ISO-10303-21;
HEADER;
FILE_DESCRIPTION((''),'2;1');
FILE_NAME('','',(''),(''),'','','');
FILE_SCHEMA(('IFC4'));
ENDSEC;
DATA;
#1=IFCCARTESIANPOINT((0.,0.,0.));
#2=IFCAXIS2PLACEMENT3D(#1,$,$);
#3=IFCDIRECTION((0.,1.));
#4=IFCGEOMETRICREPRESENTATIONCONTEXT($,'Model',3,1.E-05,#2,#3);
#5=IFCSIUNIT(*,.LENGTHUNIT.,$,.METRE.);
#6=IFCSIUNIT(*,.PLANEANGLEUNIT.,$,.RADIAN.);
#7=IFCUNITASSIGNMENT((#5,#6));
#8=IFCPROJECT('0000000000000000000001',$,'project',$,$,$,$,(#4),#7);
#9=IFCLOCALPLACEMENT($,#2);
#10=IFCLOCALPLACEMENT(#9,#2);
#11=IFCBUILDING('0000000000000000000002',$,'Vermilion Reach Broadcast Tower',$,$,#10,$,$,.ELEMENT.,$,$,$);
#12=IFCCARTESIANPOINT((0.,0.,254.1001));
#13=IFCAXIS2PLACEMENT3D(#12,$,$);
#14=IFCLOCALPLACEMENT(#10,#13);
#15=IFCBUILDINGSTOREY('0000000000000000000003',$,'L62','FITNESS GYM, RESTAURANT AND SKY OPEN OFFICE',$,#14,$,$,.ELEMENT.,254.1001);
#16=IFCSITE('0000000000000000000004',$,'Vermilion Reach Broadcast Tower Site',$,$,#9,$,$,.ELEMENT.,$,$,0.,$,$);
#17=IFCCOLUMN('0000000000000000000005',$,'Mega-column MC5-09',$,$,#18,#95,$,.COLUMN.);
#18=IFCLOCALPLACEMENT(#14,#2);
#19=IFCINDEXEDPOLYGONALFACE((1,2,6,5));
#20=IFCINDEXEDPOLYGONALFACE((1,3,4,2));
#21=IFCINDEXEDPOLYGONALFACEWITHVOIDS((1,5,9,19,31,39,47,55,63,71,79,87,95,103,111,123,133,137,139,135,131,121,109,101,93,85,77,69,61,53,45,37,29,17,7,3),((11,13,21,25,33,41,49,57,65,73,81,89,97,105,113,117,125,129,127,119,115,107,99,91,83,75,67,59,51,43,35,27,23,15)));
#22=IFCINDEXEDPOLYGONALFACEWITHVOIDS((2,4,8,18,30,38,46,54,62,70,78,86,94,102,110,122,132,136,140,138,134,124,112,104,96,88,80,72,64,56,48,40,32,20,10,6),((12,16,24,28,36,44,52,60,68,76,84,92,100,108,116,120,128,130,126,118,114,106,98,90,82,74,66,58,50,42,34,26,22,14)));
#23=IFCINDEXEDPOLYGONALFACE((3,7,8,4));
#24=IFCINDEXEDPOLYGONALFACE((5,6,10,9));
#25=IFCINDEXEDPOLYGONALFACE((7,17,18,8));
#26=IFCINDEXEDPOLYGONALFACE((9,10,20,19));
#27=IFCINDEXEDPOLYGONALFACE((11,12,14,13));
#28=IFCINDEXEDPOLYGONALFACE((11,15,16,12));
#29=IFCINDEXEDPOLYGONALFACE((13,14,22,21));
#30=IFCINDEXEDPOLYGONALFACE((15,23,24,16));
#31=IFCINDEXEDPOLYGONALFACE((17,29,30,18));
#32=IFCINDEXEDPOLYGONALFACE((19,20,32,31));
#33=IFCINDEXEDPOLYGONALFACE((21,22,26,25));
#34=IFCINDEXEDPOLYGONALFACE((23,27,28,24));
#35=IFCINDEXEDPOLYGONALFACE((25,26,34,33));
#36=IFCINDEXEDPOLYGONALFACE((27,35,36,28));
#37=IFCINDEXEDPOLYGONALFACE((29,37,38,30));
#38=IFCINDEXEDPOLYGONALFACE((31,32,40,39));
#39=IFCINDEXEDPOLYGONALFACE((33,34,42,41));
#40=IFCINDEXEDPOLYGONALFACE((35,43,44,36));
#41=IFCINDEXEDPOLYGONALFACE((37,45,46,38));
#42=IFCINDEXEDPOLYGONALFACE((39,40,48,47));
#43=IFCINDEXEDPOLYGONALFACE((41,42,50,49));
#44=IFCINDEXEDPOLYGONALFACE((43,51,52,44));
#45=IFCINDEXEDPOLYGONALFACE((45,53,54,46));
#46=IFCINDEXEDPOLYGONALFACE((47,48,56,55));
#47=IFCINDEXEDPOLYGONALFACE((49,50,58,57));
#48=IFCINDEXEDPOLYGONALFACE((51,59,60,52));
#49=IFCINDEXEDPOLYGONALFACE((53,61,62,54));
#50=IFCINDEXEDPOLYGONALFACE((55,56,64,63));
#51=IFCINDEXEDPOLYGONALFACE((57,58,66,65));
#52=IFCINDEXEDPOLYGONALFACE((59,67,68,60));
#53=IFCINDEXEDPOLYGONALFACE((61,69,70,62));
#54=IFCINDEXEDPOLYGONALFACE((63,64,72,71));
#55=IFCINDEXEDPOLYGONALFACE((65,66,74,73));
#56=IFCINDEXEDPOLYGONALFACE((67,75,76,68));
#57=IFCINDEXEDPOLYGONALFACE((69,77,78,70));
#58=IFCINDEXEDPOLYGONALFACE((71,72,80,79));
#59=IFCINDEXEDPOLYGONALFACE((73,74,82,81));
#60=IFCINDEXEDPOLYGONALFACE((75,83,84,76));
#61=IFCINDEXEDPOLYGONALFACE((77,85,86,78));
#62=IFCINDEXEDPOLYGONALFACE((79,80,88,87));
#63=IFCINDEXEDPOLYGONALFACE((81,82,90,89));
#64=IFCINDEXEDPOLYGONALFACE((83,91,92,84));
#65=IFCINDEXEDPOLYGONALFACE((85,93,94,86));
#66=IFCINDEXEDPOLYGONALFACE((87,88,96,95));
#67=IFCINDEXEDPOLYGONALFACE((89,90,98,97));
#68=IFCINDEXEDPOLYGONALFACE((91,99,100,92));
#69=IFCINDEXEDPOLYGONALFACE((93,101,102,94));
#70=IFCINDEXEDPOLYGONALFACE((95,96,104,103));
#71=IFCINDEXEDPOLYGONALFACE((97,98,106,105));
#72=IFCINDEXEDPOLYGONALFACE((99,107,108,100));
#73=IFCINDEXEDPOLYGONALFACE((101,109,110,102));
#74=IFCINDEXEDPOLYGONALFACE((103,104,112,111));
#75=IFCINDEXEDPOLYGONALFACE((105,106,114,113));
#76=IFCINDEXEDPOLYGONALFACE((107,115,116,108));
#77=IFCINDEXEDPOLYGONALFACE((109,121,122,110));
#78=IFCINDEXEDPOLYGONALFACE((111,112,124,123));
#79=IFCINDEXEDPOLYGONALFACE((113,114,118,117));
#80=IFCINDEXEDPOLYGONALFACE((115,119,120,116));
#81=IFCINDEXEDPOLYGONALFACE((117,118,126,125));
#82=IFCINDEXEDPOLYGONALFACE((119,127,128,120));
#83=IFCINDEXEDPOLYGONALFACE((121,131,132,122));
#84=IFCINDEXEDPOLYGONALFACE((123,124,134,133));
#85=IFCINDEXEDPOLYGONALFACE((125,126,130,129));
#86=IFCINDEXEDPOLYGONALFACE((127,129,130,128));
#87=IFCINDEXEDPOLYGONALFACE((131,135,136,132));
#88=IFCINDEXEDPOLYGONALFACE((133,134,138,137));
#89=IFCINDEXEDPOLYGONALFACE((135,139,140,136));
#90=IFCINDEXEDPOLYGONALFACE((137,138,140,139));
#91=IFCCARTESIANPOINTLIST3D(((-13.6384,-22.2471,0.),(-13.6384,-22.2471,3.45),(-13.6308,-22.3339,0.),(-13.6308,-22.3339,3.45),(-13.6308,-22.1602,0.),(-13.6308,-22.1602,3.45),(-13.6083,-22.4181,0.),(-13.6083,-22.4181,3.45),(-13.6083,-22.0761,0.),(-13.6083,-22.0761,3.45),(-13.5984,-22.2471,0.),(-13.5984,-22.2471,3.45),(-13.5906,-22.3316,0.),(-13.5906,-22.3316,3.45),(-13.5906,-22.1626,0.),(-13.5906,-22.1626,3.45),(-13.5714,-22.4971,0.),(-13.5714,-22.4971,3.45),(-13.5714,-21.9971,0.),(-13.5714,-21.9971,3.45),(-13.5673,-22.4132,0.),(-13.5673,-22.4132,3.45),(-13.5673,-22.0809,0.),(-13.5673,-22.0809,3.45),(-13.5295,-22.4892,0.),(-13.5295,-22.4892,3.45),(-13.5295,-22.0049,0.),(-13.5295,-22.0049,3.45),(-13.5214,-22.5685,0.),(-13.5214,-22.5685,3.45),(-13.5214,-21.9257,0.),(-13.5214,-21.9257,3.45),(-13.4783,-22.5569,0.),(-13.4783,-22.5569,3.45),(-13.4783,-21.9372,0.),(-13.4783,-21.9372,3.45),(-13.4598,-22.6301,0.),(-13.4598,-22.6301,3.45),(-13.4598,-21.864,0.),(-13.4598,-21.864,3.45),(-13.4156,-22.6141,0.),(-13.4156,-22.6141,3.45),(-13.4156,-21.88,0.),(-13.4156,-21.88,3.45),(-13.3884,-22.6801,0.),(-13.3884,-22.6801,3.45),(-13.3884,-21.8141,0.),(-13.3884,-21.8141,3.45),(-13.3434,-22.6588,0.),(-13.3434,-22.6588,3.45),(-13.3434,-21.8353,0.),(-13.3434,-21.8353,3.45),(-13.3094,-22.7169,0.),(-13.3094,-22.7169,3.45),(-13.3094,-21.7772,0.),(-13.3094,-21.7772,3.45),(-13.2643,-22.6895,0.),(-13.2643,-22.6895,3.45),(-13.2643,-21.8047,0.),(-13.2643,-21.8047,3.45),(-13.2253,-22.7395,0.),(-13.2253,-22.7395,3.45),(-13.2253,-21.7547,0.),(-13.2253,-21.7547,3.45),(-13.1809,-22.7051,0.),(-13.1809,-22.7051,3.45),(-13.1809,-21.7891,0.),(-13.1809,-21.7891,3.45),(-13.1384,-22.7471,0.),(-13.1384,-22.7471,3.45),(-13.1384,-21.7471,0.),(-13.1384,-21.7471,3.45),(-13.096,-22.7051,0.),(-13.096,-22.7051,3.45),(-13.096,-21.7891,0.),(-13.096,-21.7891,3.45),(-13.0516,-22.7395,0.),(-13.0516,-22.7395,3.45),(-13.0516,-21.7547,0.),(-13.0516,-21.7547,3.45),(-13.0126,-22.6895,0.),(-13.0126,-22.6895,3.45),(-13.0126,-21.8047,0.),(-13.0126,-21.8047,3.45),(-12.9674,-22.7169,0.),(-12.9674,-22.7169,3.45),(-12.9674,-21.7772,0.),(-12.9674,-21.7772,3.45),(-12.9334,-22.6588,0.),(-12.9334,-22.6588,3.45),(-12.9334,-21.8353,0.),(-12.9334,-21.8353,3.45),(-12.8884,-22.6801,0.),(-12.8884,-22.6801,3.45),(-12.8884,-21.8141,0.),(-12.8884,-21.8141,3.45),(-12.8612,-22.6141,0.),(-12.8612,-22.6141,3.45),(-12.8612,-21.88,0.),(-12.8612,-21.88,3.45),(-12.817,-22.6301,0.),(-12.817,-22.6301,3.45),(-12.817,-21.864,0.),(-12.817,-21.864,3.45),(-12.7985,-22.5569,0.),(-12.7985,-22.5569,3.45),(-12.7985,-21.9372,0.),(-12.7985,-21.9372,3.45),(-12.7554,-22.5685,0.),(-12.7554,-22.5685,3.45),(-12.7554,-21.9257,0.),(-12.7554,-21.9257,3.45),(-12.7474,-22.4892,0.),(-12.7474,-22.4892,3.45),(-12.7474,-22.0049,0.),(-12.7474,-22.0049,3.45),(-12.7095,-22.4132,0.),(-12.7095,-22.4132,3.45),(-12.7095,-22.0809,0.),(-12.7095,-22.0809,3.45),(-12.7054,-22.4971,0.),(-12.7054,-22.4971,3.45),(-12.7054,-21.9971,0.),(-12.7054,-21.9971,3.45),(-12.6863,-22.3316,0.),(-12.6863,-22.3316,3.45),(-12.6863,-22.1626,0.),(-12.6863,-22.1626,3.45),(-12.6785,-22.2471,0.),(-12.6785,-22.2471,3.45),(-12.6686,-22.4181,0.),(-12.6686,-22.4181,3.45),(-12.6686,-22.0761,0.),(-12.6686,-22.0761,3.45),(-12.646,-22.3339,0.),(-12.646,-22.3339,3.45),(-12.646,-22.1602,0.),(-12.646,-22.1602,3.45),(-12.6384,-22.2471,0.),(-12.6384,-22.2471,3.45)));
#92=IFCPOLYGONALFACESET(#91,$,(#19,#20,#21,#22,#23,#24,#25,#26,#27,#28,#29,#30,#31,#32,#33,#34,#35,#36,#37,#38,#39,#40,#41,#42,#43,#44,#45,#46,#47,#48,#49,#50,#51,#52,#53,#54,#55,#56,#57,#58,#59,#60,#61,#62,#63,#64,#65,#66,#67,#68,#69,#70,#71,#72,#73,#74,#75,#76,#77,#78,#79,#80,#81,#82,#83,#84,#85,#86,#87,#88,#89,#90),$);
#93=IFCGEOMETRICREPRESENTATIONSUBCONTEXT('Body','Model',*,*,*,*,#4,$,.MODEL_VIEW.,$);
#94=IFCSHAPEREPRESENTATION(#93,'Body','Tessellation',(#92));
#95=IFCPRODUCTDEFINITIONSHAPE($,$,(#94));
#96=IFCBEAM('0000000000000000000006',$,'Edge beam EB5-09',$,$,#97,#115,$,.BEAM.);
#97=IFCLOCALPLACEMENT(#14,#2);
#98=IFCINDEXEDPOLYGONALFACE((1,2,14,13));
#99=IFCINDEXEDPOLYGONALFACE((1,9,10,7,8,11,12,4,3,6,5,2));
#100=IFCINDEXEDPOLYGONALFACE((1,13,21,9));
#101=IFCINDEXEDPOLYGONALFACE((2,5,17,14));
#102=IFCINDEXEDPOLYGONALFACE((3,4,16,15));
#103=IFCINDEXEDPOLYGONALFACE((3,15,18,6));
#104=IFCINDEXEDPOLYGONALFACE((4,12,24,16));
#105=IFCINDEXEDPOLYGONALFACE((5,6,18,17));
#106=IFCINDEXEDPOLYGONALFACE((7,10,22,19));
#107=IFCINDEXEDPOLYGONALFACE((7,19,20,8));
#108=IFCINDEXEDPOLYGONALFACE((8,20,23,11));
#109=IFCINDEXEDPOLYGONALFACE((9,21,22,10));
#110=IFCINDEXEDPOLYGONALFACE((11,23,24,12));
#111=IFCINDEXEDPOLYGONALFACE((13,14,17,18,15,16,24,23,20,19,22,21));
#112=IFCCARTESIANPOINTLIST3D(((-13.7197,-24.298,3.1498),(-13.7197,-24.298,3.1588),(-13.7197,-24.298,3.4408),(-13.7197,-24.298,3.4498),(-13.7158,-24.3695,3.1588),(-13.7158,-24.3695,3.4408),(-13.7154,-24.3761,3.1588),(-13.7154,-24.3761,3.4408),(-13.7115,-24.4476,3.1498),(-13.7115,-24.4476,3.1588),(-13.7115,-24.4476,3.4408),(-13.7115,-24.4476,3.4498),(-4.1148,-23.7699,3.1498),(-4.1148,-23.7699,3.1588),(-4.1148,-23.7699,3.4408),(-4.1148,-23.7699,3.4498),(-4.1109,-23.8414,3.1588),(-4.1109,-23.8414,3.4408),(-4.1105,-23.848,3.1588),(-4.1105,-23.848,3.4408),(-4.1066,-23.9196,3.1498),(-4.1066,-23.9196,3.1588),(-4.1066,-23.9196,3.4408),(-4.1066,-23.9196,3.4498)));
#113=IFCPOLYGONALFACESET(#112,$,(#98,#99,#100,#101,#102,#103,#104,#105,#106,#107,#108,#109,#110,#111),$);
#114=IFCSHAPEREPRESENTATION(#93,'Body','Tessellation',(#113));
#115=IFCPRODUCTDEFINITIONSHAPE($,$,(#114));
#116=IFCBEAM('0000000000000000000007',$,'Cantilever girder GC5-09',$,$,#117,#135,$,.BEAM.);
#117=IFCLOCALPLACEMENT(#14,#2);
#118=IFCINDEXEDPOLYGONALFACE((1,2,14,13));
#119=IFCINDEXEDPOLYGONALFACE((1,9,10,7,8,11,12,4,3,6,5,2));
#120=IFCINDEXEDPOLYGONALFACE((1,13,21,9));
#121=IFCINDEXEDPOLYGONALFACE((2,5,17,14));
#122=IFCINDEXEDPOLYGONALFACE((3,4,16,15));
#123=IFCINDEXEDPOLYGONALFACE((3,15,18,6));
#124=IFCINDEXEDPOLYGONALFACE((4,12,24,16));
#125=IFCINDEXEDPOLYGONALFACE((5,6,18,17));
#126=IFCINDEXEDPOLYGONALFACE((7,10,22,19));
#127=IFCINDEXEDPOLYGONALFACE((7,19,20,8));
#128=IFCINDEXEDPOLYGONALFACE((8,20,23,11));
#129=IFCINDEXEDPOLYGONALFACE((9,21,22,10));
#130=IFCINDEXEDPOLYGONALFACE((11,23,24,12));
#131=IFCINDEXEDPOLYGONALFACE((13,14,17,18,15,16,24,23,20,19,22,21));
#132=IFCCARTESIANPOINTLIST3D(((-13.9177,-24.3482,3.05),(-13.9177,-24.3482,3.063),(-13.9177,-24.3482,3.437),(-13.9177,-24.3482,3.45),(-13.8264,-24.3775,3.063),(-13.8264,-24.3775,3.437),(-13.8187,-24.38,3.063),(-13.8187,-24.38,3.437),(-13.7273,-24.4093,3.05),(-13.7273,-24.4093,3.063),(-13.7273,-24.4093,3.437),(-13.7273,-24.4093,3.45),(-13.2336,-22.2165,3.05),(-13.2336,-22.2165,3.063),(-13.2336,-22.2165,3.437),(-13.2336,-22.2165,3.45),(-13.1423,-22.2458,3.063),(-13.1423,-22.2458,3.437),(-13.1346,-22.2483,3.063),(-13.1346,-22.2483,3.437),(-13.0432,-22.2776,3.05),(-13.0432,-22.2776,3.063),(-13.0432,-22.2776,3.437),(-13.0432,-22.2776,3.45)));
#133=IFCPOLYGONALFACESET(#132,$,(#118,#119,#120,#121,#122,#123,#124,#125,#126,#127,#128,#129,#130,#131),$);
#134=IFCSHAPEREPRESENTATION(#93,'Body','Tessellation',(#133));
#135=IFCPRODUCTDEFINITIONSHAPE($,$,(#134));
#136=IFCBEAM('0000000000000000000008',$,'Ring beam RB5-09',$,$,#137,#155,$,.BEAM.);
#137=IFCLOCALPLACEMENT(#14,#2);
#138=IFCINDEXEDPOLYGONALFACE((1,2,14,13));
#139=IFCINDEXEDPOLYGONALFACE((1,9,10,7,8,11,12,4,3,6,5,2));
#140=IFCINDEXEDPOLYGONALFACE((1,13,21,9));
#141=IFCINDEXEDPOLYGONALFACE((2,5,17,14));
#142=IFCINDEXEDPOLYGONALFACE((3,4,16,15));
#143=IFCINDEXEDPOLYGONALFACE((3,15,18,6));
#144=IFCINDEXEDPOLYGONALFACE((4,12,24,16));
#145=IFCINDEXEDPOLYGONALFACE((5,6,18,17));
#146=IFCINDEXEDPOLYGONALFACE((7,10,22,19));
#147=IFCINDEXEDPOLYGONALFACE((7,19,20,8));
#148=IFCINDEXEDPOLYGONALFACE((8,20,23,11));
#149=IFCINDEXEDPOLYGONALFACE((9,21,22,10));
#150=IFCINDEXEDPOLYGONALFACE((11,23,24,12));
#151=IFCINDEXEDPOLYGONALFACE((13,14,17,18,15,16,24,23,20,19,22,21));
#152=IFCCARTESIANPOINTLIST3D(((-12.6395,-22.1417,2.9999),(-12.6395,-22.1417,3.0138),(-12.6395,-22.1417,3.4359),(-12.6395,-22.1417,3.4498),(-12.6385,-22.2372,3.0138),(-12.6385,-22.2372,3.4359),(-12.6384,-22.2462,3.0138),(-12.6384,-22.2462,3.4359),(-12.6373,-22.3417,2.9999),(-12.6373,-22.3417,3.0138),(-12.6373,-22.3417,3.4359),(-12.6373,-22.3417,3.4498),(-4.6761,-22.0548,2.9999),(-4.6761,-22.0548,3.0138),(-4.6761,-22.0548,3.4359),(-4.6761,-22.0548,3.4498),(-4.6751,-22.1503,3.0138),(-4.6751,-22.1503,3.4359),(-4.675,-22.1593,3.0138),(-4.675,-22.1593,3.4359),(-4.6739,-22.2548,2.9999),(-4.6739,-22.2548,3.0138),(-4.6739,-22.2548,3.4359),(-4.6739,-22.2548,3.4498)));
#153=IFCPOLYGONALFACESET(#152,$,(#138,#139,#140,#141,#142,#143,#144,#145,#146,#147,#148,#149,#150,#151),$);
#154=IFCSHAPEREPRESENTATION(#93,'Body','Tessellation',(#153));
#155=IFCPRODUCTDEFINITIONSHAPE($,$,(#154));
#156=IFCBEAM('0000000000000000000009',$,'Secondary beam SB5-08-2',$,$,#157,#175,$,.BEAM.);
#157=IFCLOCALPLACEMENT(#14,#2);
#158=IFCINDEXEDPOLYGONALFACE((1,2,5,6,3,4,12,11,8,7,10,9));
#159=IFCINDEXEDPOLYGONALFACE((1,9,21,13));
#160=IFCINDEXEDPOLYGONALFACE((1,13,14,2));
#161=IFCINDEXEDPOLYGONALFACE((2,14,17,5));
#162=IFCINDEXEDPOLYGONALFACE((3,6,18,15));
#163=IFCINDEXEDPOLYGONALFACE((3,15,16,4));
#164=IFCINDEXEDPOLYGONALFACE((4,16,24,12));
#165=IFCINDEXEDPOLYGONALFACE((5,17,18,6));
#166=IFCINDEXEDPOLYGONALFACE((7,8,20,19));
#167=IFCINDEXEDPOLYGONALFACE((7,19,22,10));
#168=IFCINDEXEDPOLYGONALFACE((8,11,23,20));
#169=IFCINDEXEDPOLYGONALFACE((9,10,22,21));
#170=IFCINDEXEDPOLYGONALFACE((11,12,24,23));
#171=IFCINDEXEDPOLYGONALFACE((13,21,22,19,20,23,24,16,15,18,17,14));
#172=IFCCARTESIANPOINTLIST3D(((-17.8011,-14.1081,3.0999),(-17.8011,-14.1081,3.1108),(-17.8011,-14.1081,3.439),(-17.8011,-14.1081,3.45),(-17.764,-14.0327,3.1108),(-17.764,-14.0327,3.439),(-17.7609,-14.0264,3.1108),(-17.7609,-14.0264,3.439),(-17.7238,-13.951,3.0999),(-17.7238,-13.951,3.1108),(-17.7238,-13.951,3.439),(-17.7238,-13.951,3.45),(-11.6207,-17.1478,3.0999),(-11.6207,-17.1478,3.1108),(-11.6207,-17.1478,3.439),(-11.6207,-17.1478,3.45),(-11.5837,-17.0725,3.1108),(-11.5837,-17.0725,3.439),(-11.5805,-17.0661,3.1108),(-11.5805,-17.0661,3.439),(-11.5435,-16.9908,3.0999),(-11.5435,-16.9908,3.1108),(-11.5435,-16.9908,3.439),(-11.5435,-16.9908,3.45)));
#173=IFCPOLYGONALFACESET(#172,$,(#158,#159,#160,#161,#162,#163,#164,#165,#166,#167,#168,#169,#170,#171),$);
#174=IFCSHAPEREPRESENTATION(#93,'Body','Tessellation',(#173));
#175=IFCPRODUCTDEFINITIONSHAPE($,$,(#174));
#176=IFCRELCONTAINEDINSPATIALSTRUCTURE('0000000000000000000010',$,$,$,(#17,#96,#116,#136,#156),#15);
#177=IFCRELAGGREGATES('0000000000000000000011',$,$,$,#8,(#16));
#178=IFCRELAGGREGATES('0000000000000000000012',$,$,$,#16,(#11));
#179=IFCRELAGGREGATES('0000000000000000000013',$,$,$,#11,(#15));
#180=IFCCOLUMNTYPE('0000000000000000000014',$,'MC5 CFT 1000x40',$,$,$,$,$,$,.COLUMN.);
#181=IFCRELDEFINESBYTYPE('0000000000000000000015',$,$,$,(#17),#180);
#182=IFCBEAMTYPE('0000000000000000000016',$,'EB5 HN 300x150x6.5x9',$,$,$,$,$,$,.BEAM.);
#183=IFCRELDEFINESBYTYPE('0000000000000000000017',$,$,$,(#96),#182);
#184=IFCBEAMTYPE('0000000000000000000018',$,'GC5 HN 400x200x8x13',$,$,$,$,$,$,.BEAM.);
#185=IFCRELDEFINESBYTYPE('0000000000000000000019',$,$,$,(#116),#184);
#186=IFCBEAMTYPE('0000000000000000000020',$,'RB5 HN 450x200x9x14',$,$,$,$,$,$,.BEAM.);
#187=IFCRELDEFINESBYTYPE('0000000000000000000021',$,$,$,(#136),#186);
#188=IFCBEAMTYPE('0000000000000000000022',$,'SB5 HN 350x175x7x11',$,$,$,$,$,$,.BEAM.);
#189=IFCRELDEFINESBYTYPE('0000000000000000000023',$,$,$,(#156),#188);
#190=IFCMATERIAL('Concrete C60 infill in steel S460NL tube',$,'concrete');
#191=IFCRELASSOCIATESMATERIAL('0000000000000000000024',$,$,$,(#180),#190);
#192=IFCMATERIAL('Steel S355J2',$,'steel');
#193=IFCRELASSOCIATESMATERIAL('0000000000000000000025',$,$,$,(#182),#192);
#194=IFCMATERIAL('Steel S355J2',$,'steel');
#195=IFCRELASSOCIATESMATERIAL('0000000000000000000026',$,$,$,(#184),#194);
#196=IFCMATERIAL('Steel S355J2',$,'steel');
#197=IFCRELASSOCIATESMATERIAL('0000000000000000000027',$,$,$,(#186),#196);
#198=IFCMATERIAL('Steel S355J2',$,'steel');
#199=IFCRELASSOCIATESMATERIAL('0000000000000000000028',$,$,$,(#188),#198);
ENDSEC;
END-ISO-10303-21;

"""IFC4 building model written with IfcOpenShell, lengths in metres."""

from ifc_helpers import new_model, si_unit, direction, frame, origin, origin_2d, place, context, subcontext, project, spatial, hollow_circle, i_section, extrude, material, material_profile, profile_set, type_object, element, save


model = new_model("IFC4")

# Units and contexts
model_context = context("Model", 3, precision=1e-05, world=origin(), true_north=direction((0.0, 1.0)))
body_context = subcontext(model_context, "Body", "Model", "MODEL_VIEW")
ifc_project = project(units=[si_unit("LENGTHUNIT", "METRE"), si_unit("PLANEANGLEUNIT", "RADIAN")], contexts=[model_context])

# Site, building, storey
site_placement = place(None, origin())
site = spatial("IfcSite", under=ifc_project, at=site_placement, Name="Vermilion Reach Broadcast Tower Site", CompositionType="ELEMENT", RefElevation=0.0)
building_placement = place(site_placement, origin())
building = spatial("IfcBuilding", under=site, at=building_placement, Name="Vermilion Reach Broadcast Tower", CompositionType="ELEMENT")
storey_placement = place(building_placement, frame((0.0, 0.0, 254.1001)))
storey = spatial("IfcBuildingStorey", under=building, at=storey_placement, Name="L62", Description="FITNESS GYM, RESTAURANT AND SKY OPEN OFFICE", CompositionType="ELEMENT", Elevation=254.1001)

# Column
ifc_material_1 = material(Name="Concrete C60 infill in steel S460NL tube", Category="concrete")
ifc_material_profile_1 = material_profile(ifc_material_1, hollow_circle(Radius=0.5, WallThickness=0.04, at=origin_2d()), Name="Concrete C60 infill in steel S460NL tube CFT 1000x40")
ifc_profile_set_1 = profile_set([ifc_material_profile_1], Name="Concrete C60 infill in steel S460NL tube")
column_type = type_object("IfcColumnType", Name="MC5 CFT 1000x40", PredefinedType="COLUMN", material=ifc_profile_set_1)
column_placement = place(storey_placement, frame((-13.1384, -22.2471, 0.0), z_axis=(0.0, 0.0, 1.0), x_axis=(1.0, 0.0, 0.0)))
element("IfcColumn", 1, at=column_placement, inside=storey, type_object=column_type, Name="Mega-column MC5-09", PredefinedType="COLUMN", context=body_context, shape_type="SweptSolid", body=[
    extrude(hollow_circle(Radius=0.5, WallThickness=0.04, at=origin_2d()), origin(), (0.0, 0.0, 1.0), 3.45),
])

# Beams
ifc_material_2 = material(Name="Steel S355J2", Category="steel")
ifc_material_profile_2 = material_profile(ifc_material_2, i_section(OverallWidth=0.1499, OverallDepth=0.3, WebThickness=0.0066, FlangeThickness=0.009, at=origin_2d()), Name="S355J2 HN 300x150x6.5x9")
ifc_profile_set_2 = profile_set([ifc_material_profile_2], Name="Steel S355J2")
beam_type_1 = type_object("IfcBeamType", Name="EB5 HN 300x150x6.5x9", PredefinedType="BEAM", material=ifc_profile_set_2)
beam_1_placement = place(storey_placement, frame((-13.7156, -24.3728, 3.2998), z_axis=(0.998492, 0.054897, 0.0), x_axis=(-0.054897, 0.998492, 0.0)))
element("IfcBeam", 2, at=beam_1_placement, inside=storey, type_object=beam_type_1, Name="Edge beam EB5-09", PredefinedType="BEAM", context=body_context, shape_type="SweptSolid", body=[
    extrude(i_section(OverallWidth=0.1499, OverallDepth=0.3, WebThickness=0.0066, FlangeThickness=0.009, at=origin_2d()), origin(), (0.0, 0.0, 1.0), 9.6194),
])
ifc_material_3 = material(Name="Steel S355J2", Category="steel")
ifc_material_profile_3 = material_profile(ifc_material_3, i_section(OverallWidth=0.2, OverallDepth=0.3999, WebThickness=0.0081, FlangeThickness=0.0129, at=origin_2d()), Name="S355J2 HN 400x200x8x13")
ifc_profile_set_3 = profile_set([ifc_material_profile_3], Name="Steel S355J2")
beam_type_2 = type_object("IfcBeamType", Name="GC5 HN 400x200x8x13", PredefinedType="BEAM", material=ifc_profile_set_3)
beam_2_placement = place(storey_placement, frame((-13.1384, -22.2471, 3.25), z_axis=(-0.305575, -0.952168, 0.0), x_axis=(0.952168, -0.305575, 0.0)))
element("IfcBeam", 3, at=beam_2_placement, inside=storey, type_object=beam_type_2, Name="Cantilever girder GC5-09", PredefinedType="BEAM", context=body_context, shape_type="SweptSolid", body=[
    extrude(i_section(OverallWidth=0.2, OverallDepth=0.3999, WebThickness=0.0081, FlangeThickness=0.0129, at=origin_2d()), origin(), (0.0, 0.0, 1.0), 2.2388),
])
ifc_material_4 = material(Name="Steel S355J2", Category="steel")
ifc_material_profile_4 = material_profile(ifc_material_4, i_section(OverallWidth=0.2, OverallDepth=0.45, WebThickness=0.009, FlangeThickness=0.0139, at=origin_2d()), Name="S355J2 HN 450x200x9x14")
ifc_profile_set_4 = profile_set([ifc_material_profile_4], Name="Steel S355J2")
beam_type_3 = type_object("IfcBeamType", Name="RB5 HN 450x200x9x14", PredefinedType="BEAM", material=ifc_profile_set_4)
beam_3_placement = place(storey_placement, frame((-12.6384, -22.2417, 3.2249), z_axis=(0.99994, 0.010914, 0.0), x_axis=(-0.010914, 0.99994, 0.0)))
element("IfcBeam", 4, at=beam_3_placement, inside=storey, type_object=beam_type_3, Name="Ring beam RB5-09", PredefinedType="BEAM", context=body_context, shape_type="SweptSolid", body=[
    extrude(i_section(OverallWidth=0.2, OverallDepth=0.45, WebThickness=0.009, FlangeThickness=0.0139, at=origin_2d()), origin(), (0.0, 0.0, 1.0), 7.9639),
])
ifc_material_5 = material(Name="Steel S355J2", Category="steel")
ifc_material_profile_5 = material_profile(ifc_material_5, i_section(OverallWidth=0.175, OverallDepth=0.3501, WebThickness=0.0071, FlangeThickness=0.011, at=origin_2d()), Name="S355J2 HN 350x175x7x11")
ifc_profile_set_5 = profile_set([ifc_material_profile_5], Name="Steel S355J2")
beam_type_4 = type_object("IfcBeamType", Name="SB5 HN 350x175x7x11", PredefinedType="BEAM", material=ifc_profile_set_5)
beam_4_placement = place(storey_placement, frame((-17.7625, -14.0295, 3.2749), z_axis=(0.897336, -0.441348, 0.0), x_axis=(0.441348, 0.897336, 0.0)))
element("IfcBeam", 5, at=beam_4_placement, inside=storey, type_object=beam_type_4, Name="Secondary beam SB5-08-2", PredefinedType="BEAM", context=body_context, shape_type="SweptSolid", body=[
    extrude(i_section(OverallWidth=0.175, OverallDepth=0.3501, WebThickness=0.0071, FlangeThickness=0.011, at=origin_2d()), origin(), (0.0, 0.0, 1.0), 6.8875),
])

save(model, "model.ifc")
